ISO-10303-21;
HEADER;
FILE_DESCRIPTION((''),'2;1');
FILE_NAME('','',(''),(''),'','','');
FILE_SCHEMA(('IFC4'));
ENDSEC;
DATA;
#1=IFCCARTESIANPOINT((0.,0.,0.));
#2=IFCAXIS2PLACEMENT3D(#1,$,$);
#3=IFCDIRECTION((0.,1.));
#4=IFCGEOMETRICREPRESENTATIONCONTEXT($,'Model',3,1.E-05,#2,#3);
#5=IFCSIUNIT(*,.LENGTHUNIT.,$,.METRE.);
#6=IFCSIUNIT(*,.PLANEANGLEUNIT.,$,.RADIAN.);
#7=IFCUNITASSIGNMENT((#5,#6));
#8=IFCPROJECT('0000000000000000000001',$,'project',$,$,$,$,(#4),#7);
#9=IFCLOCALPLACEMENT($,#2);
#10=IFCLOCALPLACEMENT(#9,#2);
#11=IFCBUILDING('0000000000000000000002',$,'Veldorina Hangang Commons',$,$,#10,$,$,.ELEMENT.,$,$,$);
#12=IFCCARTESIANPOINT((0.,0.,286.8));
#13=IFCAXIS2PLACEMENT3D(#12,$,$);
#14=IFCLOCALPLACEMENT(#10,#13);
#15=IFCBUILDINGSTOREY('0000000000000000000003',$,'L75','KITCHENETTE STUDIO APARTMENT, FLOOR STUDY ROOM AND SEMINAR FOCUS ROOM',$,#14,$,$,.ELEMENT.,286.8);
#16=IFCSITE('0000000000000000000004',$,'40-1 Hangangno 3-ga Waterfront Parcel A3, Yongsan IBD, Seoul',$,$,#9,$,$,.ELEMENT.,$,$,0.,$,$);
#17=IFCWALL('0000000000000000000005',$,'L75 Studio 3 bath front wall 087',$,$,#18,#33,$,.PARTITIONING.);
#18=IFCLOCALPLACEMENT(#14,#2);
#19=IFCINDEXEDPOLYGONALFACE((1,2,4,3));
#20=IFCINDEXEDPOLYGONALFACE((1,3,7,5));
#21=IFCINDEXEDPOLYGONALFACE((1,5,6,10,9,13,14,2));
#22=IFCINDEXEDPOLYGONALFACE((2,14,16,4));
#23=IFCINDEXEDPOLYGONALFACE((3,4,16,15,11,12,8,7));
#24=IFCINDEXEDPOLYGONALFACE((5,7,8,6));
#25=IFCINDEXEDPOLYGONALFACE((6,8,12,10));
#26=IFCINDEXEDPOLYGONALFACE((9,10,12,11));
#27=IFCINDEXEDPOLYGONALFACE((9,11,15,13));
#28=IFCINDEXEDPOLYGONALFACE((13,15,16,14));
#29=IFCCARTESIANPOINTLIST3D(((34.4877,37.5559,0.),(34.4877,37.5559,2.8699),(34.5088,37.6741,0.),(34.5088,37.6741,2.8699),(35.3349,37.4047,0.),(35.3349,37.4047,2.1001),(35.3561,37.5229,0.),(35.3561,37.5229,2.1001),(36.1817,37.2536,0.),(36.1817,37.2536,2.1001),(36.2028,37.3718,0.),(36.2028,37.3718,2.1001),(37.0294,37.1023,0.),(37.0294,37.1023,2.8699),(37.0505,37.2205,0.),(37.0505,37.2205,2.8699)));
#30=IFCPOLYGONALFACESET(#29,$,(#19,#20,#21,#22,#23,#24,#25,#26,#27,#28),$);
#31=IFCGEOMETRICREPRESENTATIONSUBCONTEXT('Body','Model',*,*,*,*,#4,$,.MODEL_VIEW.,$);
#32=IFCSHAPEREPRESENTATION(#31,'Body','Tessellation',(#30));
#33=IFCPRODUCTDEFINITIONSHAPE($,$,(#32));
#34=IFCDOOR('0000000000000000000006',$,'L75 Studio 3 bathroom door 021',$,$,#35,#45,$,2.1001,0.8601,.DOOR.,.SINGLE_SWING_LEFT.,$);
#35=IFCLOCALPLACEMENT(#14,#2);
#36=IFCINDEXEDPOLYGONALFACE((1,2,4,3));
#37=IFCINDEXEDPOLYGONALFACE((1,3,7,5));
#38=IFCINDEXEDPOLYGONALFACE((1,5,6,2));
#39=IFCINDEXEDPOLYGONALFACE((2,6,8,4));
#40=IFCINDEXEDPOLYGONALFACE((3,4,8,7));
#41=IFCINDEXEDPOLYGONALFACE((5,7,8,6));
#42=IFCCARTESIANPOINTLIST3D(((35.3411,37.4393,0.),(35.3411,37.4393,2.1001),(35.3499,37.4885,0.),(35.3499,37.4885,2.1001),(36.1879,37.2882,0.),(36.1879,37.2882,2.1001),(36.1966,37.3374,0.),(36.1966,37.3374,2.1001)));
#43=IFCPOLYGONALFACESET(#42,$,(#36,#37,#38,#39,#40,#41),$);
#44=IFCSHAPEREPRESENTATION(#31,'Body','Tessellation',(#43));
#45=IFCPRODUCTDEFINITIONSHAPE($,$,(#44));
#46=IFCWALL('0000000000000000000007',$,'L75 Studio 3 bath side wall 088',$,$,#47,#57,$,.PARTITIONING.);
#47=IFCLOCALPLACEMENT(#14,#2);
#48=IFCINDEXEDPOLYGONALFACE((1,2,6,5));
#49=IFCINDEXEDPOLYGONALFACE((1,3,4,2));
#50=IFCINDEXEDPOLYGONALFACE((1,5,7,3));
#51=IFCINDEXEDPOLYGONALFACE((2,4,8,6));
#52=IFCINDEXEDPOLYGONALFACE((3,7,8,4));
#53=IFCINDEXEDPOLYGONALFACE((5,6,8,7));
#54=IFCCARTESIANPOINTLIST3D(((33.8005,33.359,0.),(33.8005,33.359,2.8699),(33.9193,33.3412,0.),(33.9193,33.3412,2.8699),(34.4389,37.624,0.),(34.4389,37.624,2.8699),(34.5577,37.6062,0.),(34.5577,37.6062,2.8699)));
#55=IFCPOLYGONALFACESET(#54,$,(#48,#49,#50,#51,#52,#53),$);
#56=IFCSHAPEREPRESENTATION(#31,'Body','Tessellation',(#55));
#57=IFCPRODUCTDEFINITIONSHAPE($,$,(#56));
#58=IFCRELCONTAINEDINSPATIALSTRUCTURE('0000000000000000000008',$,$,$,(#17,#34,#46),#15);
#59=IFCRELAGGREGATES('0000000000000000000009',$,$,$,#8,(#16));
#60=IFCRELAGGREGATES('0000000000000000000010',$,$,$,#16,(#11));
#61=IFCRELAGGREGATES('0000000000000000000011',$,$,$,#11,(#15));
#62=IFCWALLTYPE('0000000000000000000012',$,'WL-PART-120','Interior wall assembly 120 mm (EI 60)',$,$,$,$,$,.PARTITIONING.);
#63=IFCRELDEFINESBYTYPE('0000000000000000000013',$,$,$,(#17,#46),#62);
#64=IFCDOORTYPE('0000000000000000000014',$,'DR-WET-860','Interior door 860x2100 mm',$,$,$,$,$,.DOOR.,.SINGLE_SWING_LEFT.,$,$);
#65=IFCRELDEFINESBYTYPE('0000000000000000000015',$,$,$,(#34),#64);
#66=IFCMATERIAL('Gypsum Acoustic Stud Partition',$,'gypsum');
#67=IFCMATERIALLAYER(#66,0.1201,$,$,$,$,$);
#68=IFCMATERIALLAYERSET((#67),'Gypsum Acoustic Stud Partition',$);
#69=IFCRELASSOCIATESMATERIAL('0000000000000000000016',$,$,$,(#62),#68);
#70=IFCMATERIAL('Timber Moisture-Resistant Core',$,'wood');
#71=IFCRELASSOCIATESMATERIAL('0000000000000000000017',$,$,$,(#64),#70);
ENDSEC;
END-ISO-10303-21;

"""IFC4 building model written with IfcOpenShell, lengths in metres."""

from ifc_helpers import new_model, si_unit, direction, frame, frame_2d, origin, place, context, subcontext, project, spatial, rectangle, extrude, material, layer, layer_set, type_object, element, fill, save


model = new_model("IFC4")

# Units and contexts
model_context = context("Model", 3, precision=1e-05, world=origin(), true_north=direction((0.0, 1.0)))
body_context = subcontext(model_context, "Body", "Model", "MODEL_VIEW")
ifc_project = project(units=[si_unit("LENGTHUNIT", "METRE"), si_unit("PLANEANGLEUNIT", "RADIAN")], contexts=[model_context])

# Site, building, storey
site_placement = place(None, origin())
site = spatial("IfcSite", under=ifc_project, at=site_placement, Name="40-1 Hangangno 3-ga Waterfront Parcel A3, Yongsan IBD, Seoul", CompositionType="ELEMENT", RefElevation=0.0)
building_placement = place(site_placement, origin())
building = spatial("IfcBuilding", under=site, at=building_placement, Name="Veldorina Hangang Commons", CompositionType="ELEMENT")
storey_placement = place(building_placement, frame((0.0, 0.0, 286.8)))
storey = spatial("IfcBuildingStorey", under=building, at=storey_placement, Name="L75", Description="KITCHENETTE STUDIO APARTMENT, FLOOR STUDY ROOM AND SEMINAR FOCUS ROOM", CompositionType="ELEMENT", Elevation=286.8)

# Wall, opening, door
ifc_material_1 = material(Name="Gypsum Acoustic Stud Partition", Category="gypsum")
ifc_layer_1 = layer(ifc_material_1, 0.1201)
ifc_layer_set_1 = layer_set([ifc_layer_1], Name="Gypsum Acoustic Stud Partition")
wall_type_1 = type_object("IfcWallType", Name="WL-PART-120", Description="Interior wall assembly 120 mm (EI 60)", PredefinedType="PARTITIONING", material=ifc_layer_set_1)
wall_1_placement = place(storey_placement, frame((37.04, 37.1614, 0.0), z_axis=(0.0, 0.0, 1.0), x_axis=(-0.984446, 0.175689, 0.0)))
wall_1 = element("IfcWall", 1, at=wall_1_placement, inside=storey, type_object=wall_type_1, Name="L75 Studio 3 bath front wall 087", PredefinedType="PARTITIONING", context=body_context, shape_type="SweptSolid", body=[
    extrude(rectangle(XDim=2.5818, YDim=0.1201, at=frame_2d((1.291, 0.0))), origin(), (0.0, 0.0, 1.0), 2.8699),
])
opening_1_placement = place(wall_1_placement, frame((0.8611, 0.0, 0.0)))
opening_1 = element("IfcOpeningElement", 2, at=opening_1_placement, cuts=wall_1, PredefinedType="OPENING", context=body_context, shape_type="SweptSolid", body=[
    extrude(rectangle(XDim=0.8601, YDim=2.1001, at=frame_2d((0.4302, 1.05))), frame((0.0, 0.0701, 0.0), z_axis=(0.0, -1.0, 0.0), x_axis=(1.0, 0.0, 0.0)), (0.0, 0.0, 1.0), 0.1401),
])
ifc_material_2 = material(Name="Timber Moisture-Resistant Core", Category="wood")
door_type_1 = type_object("IfcDoorType", Name="DR-WET-860", Description="Interior door 860x2100 mm", OperationType="SINGLE_SWING_LEFT", PredefinedType="DOOR", material=ifc_material_2)
door_1_placement = place(opening_1_placement, origin())
door_1 = element("IfcDoor", 3, at=door_1_placement, inside=storey, type_object=door_type_1, Name="L75 Studio 3 bathroom door 021", OperationType="SINGLE_SWING_LEFT", OverallHeight=2.1001, OverallWidth=0.8601, PredefinedType="DOOR", context=body_context, shape_type="SweptSolid", body=[
    extrude(rectangle(XDim=0.8601, YDim=2.1001, at=frame_2d((0.4302, 1.05))), frame((0.0, 0.0249, 0.0), z_axis=(0.0, -1.0, 0.0), x_axis=(1.0, 0.0, 0.0)), (0.0, 0.0, 1.0), 0.05),
])
fill(opening_1, door_1)

# Wall
wall_2_placement = place(storey_placement, frame((33.8599, 33.3501, 0.0), z_axis=(0.0, 0.0, 1.0), x_axis=(0.148044, 0.988981, 0.0)))
element("IfcWall", 4, at=wall_2_placement, inside=storey, type_object=wall_type_1, Name="L75 Studio 3 bath side wall 088", PredefinedType="PARTITIONING", context=body_context, shape_type="SweptSolid", body=[
    extrude(rectangle(XDim=4.3125, YDim=0.1201, at=frame_2d((2.1562, 0.0))), origin(), (0.0, 0.0, 1.0), 2.8699),
])

save(model, "model.ifc")
